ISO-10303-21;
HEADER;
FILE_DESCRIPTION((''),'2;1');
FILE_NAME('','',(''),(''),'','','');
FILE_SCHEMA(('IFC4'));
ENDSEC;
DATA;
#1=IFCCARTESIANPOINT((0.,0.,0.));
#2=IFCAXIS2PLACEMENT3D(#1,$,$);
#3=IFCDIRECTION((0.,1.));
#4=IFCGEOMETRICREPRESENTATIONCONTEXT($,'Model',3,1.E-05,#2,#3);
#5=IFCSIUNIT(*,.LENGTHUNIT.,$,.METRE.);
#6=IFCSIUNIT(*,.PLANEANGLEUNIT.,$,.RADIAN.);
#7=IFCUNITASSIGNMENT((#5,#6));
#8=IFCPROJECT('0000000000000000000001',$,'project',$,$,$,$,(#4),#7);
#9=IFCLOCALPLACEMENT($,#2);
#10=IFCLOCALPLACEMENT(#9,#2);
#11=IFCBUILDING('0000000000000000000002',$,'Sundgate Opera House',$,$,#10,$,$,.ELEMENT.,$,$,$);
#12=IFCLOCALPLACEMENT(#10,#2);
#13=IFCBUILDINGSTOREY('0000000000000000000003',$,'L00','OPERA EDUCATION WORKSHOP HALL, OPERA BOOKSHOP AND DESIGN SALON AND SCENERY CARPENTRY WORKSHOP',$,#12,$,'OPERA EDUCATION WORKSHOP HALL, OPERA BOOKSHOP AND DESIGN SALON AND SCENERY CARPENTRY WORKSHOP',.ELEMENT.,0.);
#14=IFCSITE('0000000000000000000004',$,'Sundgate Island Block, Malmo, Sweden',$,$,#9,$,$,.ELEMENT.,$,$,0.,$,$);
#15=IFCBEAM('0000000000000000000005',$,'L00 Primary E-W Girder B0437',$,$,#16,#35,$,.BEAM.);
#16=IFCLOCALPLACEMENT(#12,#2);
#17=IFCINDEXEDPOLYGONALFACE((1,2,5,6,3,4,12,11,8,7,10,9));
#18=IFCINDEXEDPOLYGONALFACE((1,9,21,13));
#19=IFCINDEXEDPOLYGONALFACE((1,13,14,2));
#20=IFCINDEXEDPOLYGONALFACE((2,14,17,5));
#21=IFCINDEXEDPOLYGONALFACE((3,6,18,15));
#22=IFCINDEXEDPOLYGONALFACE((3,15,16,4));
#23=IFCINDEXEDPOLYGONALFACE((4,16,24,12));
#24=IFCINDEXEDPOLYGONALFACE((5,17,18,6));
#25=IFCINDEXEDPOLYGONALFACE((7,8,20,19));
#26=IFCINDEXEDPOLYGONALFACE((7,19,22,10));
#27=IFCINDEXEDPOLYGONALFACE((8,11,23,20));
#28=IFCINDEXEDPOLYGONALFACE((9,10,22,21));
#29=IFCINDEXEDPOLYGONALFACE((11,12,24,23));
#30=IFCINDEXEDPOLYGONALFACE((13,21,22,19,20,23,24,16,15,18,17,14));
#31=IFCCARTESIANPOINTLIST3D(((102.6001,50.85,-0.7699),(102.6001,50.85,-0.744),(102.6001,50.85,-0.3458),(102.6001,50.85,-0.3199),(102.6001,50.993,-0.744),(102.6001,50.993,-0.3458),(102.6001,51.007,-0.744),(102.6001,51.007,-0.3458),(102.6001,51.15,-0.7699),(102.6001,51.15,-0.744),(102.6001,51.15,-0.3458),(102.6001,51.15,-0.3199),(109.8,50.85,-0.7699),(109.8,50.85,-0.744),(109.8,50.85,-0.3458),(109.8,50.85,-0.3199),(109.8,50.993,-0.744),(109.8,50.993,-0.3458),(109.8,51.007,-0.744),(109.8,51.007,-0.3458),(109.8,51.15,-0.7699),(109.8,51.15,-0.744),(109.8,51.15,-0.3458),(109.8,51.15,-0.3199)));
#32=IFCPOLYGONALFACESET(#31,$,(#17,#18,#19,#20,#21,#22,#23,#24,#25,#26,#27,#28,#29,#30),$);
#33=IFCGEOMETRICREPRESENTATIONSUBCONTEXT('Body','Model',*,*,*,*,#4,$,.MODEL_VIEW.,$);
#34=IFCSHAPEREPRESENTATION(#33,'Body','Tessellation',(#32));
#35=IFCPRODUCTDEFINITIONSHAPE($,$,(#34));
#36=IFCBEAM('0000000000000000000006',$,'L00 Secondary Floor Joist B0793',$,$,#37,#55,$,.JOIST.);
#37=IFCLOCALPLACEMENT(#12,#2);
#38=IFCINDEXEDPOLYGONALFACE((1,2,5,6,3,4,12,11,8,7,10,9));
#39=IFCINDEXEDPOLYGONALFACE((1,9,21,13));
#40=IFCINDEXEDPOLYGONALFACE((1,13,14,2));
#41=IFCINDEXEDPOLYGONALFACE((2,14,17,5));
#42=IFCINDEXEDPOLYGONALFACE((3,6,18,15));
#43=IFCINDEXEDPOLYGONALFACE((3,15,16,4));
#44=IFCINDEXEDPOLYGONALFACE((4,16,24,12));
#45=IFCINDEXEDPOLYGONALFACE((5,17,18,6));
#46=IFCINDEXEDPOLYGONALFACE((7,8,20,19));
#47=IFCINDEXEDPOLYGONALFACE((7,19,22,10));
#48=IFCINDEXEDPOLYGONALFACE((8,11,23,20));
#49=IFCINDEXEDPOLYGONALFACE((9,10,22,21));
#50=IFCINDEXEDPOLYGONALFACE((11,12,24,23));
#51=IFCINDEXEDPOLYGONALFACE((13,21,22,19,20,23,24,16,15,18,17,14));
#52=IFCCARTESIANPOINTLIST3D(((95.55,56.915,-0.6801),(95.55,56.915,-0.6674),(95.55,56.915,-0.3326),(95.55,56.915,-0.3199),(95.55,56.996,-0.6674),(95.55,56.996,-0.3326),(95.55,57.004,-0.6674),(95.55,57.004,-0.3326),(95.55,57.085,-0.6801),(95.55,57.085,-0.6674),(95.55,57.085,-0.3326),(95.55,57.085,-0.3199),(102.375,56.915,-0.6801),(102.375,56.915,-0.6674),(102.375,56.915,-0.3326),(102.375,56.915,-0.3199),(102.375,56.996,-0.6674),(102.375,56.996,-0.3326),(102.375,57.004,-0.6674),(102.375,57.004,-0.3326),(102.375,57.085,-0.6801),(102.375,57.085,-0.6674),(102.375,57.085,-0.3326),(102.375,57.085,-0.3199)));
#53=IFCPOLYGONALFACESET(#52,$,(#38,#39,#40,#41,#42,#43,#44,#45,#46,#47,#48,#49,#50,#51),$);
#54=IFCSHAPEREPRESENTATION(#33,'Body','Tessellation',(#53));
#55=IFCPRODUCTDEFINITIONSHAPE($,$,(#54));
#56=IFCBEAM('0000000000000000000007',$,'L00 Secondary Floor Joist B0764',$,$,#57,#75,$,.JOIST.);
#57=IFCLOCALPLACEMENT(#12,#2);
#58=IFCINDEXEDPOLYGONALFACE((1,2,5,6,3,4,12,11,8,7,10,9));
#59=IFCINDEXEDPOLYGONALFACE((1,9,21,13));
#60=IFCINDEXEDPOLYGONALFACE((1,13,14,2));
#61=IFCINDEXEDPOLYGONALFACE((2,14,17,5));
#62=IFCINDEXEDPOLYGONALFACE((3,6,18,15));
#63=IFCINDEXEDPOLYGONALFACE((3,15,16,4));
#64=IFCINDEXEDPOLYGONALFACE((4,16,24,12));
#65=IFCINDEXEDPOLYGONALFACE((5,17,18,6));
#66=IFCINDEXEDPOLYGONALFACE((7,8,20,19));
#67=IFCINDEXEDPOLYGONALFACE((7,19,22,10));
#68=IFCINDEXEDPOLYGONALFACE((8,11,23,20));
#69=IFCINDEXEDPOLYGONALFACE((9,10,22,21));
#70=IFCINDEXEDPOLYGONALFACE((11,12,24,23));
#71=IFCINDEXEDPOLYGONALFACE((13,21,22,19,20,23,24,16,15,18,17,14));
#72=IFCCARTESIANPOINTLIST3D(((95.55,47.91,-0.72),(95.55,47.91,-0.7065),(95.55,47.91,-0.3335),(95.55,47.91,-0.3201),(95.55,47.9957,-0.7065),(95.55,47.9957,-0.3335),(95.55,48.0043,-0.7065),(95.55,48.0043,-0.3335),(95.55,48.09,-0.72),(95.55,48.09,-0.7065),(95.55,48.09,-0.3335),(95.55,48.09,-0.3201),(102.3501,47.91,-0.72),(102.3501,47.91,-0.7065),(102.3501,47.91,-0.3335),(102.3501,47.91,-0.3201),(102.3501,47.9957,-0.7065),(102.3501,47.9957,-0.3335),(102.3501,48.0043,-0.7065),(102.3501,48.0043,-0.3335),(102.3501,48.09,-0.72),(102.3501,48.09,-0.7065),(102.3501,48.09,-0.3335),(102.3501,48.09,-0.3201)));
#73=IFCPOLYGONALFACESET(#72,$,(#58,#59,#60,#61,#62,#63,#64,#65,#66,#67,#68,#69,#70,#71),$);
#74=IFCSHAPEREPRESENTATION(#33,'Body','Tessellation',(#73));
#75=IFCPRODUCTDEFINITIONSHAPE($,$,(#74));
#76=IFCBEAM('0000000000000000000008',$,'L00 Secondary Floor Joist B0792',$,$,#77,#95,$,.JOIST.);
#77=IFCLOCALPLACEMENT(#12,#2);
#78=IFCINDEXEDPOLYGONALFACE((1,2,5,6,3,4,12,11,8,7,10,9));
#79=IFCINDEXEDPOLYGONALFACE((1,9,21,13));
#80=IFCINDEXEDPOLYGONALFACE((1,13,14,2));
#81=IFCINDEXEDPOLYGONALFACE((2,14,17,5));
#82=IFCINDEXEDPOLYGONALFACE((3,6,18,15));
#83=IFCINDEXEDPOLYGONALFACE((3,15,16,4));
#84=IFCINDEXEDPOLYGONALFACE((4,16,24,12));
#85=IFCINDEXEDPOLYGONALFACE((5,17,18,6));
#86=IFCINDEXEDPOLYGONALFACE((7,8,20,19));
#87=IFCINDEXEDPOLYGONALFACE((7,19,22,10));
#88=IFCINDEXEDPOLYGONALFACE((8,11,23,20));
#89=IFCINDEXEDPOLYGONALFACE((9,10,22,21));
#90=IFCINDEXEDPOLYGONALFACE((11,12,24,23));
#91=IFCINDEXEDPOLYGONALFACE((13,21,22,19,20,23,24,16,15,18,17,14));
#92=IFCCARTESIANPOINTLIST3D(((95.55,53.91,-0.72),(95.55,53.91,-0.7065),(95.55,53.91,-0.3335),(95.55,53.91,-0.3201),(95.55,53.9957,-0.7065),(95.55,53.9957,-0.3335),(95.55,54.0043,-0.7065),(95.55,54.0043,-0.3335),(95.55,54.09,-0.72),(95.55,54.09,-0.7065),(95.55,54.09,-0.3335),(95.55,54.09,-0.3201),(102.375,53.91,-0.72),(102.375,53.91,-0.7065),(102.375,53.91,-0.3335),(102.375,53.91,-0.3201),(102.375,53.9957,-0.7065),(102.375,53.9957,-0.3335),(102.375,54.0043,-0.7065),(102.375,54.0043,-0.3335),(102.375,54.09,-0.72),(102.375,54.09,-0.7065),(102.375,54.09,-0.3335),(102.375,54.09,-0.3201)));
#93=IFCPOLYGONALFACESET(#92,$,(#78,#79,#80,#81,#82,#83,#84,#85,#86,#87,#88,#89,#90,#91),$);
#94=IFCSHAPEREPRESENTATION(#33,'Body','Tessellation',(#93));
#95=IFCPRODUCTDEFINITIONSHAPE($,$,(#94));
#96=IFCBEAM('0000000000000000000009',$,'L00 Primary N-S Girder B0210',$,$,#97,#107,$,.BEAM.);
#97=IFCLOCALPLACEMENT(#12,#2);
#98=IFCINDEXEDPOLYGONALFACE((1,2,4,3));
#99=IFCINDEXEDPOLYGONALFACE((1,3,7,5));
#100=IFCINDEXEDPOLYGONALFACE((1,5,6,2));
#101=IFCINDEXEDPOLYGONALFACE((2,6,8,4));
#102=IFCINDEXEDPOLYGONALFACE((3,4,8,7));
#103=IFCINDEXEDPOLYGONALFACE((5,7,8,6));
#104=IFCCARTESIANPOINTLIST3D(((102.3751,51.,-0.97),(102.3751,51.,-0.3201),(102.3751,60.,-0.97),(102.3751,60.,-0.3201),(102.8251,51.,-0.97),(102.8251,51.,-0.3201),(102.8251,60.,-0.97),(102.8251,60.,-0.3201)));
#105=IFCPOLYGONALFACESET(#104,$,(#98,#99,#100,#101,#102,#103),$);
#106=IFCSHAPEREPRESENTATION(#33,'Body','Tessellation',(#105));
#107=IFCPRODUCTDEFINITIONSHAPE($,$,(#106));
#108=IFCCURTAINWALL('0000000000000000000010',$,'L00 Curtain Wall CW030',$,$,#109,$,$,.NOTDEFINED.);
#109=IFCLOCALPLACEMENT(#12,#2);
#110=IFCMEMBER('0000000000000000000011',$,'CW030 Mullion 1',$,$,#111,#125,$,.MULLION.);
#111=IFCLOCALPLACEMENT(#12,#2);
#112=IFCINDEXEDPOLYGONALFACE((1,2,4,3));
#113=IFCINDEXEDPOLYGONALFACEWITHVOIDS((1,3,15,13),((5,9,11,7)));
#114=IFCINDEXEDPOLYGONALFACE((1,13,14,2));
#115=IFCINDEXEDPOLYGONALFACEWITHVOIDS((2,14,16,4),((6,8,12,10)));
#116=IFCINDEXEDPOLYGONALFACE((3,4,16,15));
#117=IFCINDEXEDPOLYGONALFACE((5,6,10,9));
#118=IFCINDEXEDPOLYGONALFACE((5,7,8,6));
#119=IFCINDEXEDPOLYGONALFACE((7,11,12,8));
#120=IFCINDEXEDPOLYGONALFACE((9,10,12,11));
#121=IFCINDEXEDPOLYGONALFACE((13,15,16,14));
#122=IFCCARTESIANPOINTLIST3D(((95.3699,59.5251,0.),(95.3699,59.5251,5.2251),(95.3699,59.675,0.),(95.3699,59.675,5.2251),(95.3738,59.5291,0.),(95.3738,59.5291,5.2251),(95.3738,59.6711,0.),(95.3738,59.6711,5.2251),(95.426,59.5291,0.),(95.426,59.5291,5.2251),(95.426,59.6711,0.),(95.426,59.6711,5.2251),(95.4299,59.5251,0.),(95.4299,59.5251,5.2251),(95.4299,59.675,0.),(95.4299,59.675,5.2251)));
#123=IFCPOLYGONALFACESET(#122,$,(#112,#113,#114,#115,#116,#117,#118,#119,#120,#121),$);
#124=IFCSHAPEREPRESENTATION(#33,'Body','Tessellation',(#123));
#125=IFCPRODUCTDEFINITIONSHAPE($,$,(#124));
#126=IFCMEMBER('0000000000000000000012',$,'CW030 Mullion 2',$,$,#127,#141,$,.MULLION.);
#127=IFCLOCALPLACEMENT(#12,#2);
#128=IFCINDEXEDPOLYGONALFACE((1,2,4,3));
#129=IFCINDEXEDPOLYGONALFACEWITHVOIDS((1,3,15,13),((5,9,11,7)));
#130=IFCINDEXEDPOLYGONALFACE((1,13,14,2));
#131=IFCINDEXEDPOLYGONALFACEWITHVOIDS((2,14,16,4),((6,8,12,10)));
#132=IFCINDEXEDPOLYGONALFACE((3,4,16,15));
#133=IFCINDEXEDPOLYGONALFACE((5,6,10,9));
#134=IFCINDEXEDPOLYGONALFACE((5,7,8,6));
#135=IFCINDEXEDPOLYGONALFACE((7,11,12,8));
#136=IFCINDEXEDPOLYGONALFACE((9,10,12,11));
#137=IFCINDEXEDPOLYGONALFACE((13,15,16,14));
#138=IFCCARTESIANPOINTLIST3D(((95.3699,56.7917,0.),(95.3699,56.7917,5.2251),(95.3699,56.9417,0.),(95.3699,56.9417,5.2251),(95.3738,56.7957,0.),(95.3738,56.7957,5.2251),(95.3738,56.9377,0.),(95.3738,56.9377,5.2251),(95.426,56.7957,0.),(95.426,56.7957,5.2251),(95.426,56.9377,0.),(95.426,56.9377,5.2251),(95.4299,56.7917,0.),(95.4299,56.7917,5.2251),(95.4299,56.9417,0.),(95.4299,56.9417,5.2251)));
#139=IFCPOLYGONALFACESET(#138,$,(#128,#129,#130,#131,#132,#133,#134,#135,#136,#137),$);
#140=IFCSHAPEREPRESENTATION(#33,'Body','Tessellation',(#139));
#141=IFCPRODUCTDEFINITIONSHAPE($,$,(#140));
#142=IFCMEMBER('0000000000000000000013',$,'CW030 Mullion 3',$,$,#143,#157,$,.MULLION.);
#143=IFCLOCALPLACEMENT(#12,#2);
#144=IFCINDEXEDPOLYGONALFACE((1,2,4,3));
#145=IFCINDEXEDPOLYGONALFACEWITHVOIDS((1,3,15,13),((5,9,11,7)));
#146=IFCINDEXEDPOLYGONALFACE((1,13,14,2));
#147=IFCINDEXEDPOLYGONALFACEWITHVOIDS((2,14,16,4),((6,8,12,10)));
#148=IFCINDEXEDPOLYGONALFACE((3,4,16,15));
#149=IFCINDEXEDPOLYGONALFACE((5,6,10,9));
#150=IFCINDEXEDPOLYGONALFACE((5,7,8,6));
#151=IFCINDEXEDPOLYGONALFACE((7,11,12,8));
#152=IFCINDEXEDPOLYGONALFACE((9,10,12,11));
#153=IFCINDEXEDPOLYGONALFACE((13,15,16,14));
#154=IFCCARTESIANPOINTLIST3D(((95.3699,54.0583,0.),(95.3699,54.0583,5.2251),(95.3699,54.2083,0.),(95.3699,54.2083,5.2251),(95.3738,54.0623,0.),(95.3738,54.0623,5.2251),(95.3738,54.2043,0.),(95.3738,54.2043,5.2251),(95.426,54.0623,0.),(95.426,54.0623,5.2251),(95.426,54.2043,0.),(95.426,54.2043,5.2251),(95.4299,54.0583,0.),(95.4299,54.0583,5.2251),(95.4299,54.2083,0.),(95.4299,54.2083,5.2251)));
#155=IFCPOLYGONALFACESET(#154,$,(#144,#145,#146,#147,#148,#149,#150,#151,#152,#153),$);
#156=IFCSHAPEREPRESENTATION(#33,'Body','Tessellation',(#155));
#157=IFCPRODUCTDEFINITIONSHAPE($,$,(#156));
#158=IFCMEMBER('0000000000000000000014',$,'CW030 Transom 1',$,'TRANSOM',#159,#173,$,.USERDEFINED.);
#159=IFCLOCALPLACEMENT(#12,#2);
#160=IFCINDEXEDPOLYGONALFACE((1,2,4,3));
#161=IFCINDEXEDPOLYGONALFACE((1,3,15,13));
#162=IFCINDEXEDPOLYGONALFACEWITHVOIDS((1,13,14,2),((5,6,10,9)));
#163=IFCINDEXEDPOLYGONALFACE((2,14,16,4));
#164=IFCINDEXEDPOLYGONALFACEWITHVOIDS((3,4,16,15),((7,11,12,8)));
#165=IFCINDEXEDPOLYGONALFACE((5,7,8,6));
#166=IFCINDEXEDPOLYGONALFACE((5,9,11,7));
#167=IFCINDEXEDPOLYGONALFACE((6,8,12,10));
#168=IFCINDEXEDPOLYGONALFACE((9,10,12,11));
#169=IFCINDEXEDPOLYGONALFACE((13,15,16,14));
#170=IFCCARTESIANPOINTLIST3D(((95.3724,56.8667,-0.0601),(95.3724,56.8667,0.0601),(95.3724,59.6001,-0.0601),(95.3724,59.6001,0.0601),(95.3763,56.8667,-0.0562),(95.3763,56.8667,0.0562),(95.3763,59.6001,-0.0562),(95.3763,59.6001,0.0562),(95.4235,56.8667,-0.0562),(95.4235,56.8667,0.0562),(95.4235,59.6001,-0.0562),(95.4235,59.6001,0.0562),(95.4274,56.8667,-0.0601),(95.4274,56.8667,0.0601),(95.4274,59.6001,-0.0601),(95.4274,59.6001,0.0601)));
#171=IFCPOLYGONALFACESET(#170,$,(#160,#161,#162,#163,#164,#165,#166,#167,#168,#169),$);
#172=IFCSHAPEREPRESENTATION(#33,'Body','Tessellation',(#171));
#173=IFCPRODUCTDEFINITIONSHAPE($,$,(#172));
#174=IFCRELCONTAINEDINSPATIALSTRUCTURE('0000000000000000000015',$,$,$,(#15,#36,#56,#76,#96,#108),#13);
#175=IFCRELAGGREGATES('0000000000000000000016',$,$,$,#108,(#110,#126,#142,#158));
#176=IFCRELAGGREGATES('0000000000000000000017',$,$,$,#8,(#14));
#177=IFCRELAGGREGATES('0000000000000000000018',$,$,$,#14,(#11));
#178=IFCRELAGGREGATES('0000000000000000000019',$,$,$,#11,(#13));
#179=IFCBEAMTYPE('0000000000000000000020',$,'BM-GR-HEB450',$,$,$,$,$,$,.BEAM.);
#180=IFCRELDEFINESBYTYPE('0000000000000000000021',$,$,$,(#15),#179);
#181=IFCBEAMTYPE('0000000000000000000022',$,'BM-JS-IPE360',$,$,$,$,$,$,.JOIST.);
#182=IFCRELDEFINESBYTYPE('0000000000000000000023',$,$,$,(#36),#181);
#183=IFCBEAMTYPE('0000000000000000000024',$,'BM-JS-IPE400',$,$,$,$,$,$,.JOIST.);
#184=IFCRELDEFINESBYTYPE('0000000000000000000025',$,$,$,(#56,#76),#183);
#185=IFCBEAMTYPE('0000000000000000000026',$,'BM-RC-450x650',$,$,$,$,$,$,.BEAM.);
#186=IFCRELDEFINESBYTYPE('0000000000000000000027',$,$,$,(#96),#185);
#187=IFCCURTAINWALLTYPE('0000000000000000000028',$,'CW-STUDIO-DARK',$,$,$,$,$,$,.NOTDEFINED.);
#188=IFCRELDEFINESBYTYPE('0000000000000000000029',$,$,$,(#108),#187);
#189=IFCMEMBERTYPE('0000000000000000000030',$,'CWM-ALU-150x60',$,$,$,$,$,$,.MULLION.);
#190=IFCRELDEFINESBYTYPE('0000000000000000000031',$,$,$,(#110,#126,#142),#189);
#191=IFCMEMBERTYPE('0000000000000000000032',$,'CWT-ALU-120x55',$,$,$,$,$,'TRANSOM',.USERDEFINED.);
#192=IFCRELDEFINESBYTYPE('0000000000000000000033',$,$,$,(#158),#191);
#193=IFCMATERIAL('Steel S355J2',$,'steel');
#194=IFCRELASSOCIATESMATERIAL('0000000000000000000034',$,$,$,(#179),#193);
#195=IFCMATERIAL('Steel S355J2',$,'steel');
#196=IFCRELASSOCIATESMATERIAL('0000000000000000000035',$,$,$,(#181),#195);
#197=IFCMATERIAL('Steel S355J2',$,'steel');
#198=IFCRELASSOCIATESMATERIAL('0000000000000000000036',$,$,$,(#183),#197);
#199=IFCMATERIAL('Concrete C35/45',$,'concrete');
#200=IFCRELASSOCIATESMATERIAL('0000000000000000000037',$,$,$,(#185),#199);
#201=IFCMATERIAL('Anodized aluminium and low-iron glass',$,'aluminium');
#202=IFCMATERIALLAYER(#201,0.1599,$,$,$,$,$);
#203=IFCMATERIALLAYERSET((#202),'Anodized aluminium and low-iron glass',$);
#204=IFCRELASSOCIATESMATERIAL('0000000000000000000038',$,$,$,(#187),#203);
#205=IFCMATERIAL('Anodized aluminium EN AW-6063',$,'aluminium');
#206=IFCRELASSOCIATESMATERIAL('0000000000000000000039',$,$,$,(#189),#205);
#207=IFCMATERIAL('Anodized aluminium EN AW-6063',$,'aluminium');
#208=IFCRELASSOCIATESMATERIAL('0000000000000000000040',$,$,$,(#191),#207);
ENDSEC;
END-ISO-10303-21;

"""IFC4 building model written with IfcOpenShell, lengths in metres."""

from ifc_helpers import new_model, si_unit, direction, frame, origin, origin_2d, place, context, subcontext, project, spatial, rectangle, hollow_rectangle, i_section, extrude, material, layer, layer_set, material_profile, profile_set, type_object, element, aggregate, save


model = new_model("IFC4")

# Units and contexts
model_context = context("Model", 3, precision=1e-05, world=origin(), true_north=direction((0.0, 1.0)))
body_context = subcontext(model_context, "Body", "Model", "MODEL_VIEW")
ifc_project = project(units=[si_unit("LENGTHUNIT", "METRE"), si_unit("PLANEANGLEUNIT", "RADIAN")], contexts=[model_context])

# Site, building, storey
site_placement = place(None, origin())
site = spatial("IfcSite", under=ifc_project, at=site_placement, Name="Sundgate Island Block, Malmo, Sweden", CompositionType="ELEMENT", RefElevation=0.0)
building_placement = place(site_placement, origin())
building = spatial("IfcBuilding", under=site, at=building_placement, Name="Sundgate Opera House", CompositionType="ELEMENT")
storey_placement = place(building_placement, origin())
storey = spatial("IfcBuildingStorey", under=building, at=storey_placement, Name="L00", Description="OPERA EDUCATION WORKSHOP HALL, OPERA BOOKSHOP AND DESIGN SALON AND SCENERY CARPENTRY WORKSHOP", LongName="OPERA EDUCATION WORKSHOP HALL, OPERA BOOKSHOP AND DESIGN SALON AND SCENERY CARPENTRY WORKSHOP", CompositionType="ELEMENT", Elevation=0.0)

# Beams
ifc_material_1 = material(Name="Steel S355J2", Category="steel")
ifc_material_profile_1 = material_profile(ifc_material_1, i_section(OverallWidth=0.3, OverallDepth=0.45, WebThickness=0.0139, FlangeThickness=0.0259, at=origin_2d()), Name="HEB 450")
ifc_profile_set_1 = profile_set([ifc_material_profile_1], Name="Steel S355J2")
beam_type_1 = type_object("IfcBeamType", Name="BM-GR-HEB450", PredefinedType="BEAM", material=ifc_profile_set_1)
beam_1_placement = place(storey_placement, frame((102.6001, 51.0, -0.5449), z_axis=(1.0, 0.0, 0.0), x_axis=(0.0, 1.0, 0.0)))
element("IfcBeam", 1, at=beam_1_placement, inside=storey, type_object=beam_type_1, Name="L00 Primary E-W Girder B0437", PredefinedType="BEAM", context=body_context, shape_type="SweptSolid", body=[
    extrude(i_section(OverallWidth=0.3, OverallDepth=0.45, WebThickness=0.0139, FlangeThickness=0.0259, at=origin_2d()), origin(), (0.0, 0.0, 1.0), 7.2),
])
ifc_material_2 = material(Name="Steel S355J2", Category="steel")
ifc_material_profile_2 = material_profile(ifc_material_2, i_section(OverallWidth=0.1699, OverallDepth=0.3601, WebThickness=0.0081, FlangeThickness=0.0127, at=origin_2d()), Name="IPE 360")
ifc_profile_set_2 = profile_set([ifc_material_profile_2], Name="Steel S355J2")
beam_type_2 = type_object("IfcBeamType", Name="BM-JS-IPE360", PredefinedType="JOIST", material=ifc_profile_set_2)
beam_2_placement = place(storey_placement, frame((95.55, 57.0, -0.5), z_axis=(1.0, 0.0, 0.0), x_axis=(0.0, 1.0, 0.0)))
element("IfcBeam", 2, at=beam_2_placement, inside=storey, type_object=beam_type_2, Name="L00 Secondary Floor Joist B0793", PredefinedType="JOIST", context=body_context, shape_type="SweptSolid", body=[
    extrude(i_section(OverallWidth=0.1699, OverallDepth=0.3601, WebThickness=0.0081, FlangeThickness=0.0127, at=origin_2d()), origin(), (0.0, 0.0, 1.0), 6.825),
])
ifc_material_3 = material(Name="Steel S355J2", Category="steel")
ifc_material_profile_3 = material_profile(ifc_material_3, i_section(OverallWidth=0.1799, OverallDepth=0.3999, WebThickness=0.0085, FlangeThickness=0.0134, at=origin_2d()), Name="IPE 400")
ifc_profile_set_3 = profile_set([ifc_material_profile_3], Name="Steel S355J2")
beam_type_3 = type_object("IfcBeamType", Name="BM-JS-IPE400", PredefinedType="JOIST", material=ifc_profile_set_3)
beam_3_placement = place(storey_placement, frame((95.55, 48.0, -0.52), z_axis=(1.0, 0.0, 0.0), x_axis=(0.0, 1.0, 0.0)))
element("IfcBeam", 3, at=beam_3_placement, inside=storey, type_object=beam_type_3, Name="L00 Secondary Floor Joist B0764", PredefinedType="JOIST", context=body_context, shape_type="SweptSolid", body=[
    extrude(i_section(OverallWidth=0.1799, OverallDepth=0.3999, WebThickness=0.0085, FlangeThickness=0.0134, at=origin_2d()), origin(), (0.0, 0.0, 1.0), 6.8),
])
beam_4_placement = place(storey_placement, frame((95.55, 54.0, -0.52), z_axis=(1.0, 0.0, 0.0), x_axis=(0.0, 1.0, 0.0)))
element("IfcBeam", 4, at=beam_4_placement, inside=storey, type_object=beam_type_3, Name="L00 Secondary Floor Joist B0792", PredefinedType="JOIST", context=body_context, shape_type="SweptSolid", body=[
    extrude(i_section(OverallWidth=0.1799, OverallDepth=0.3999, WebThickness=0.0085, FlangeThickness=0.0134, at=origin_2d()), origin(), (0.0, 0.0, 1.0), 6.825),
])
ifc_material_4 = material(Name="Concrete C35/45", Category="concrete")
ifc_material_profile_4 = material_profile(ifc_material_4, rectangle(XDim=0.45, YDim=0.6499, at=origin_2d()), Name="RC 450x650")
ifc_profile_set_4 = profile_set([ifc_material_profile_4], Name="Concrete C35/45")
beam_type_4 = type_object("IfcBeamType", Name="BM-RC-450x650", PredefinedType="BEAM", material=ifc_profile_set_4)
beam_5_placement = place(storey_placement, frame((102.6001, 51.0, -0.645), z_axis=(0.0, 1.0, 0.0), x_axis=(-1.0, 0.0, 0.0)))
element("IfcBeam", 5, at=beam_5_placement, inside=storey, type_object=beam_type_4, Name="L00 Primary N-S Girder B0210", PredefinedType="BEAM", context=body_context, shape_type="SweptSolid", body=[
    extrude(rectangle(XDim=0.45, YDim=0.6499, at=origin_2d()), origin(), (0.0, 0.0, 1.0), 9.0),
])

# Curtain wall, members
ifc_material_5 = material(Name="Anodized aluminium and low-iron glass", Category="aluminium")
ifc_layer_1 = layer(ifc_material_5, 0.1599)
ifc_layer_set_1 = layer_set([ifc_layer_1], Name="Anodized aluminium and low-iron glass")
curtain_wall_type = type_object("IfcCurtainWallType", Name="CW-STUDIO-DARK", PredefinedType="NOTDEFINED", material=ifc_layer_set_1)
curtain_wall_placement = place(storey_placement, origin())
curtain_wall = element("IfcCurtainWall", 6, at=curtain_wall_placement, inside=storey, type_object=curtain_wall_type, Name="L00 Curtain Wall CW030", PredefinedType="NOTDEFINED")
ifc_material_6 = material(Name="Anodized aluminium EN AW-6063", Category="aluminium")
ifc_material_profile_5 = material_profile(ifc_material_6, hollow_rectangle(XDim=0.0601, YDim=0.1499, WallThickness=0.0039, at=origin_2d()), Name="CWM 150x60x4")
ifc_profile_set_5 = profile_set([ifc_material_profile_5], Name="Anodized aluminium EN AW-6063")
member_type_1 = type_object("IfcMemberType", Name="CWM-ALU-150x60", PredefinedType="MULLION", material=ifc_profile_set_5)
member_1_placement = place(storey_placement, frame((95.3999, 59.6001, 0.0), z_axis=(0.0, 0.0, 1.0), x_axis=(1.0, 0.0, 0.0)))
member_1 = element("IfcMember", 7, at=member_1_placement, type_object=member_type_1, Name="CW030 Mullion 1", PredefinedType="MULLION", context=body_context, shape_type="SweptSolid", body=[
    extrude(hollow_rectangle(XDim=0.0601, YDim=0.1499, WallThickness=0.0039, at=origin_2d()), origin(), (0.0, 0.0, 1.0), 5.2251),
])
member_2_placement = place(storey_placement, frame((95.3999, 56.8667, 0.0), z_axis=(0.0, 0.0, 1.0), x_axis=(1.0, 0.0, 0.0)))
member_2 = element("IfcMember", 8, at=member_2_placement, type_object=member_type_1, Name="CW030 Mullion 2", PredefinedType="MULLION", context=body_context, shape_type="SweptSolid", body=[
    extrude(hollow_rectangle(XDim=0.0601, YDim=0.1499, WallThickness=0.0039, at=origin_2d()), origin(), (0.0, 0.0, 1.0), 5.2251),
])
member_3_placement = place(storey_placement, frame((95.3999, 54.1333, 0.0), z_axis=(0.0, 0.0, 1.0), x_axis=(1.0, 0.0, 0.0)))
member_3 = element("IfcMember", 9, at=member_3_placement, type_object=member_type_1, Name="CW030 Mullion 3", PredefinedType="MULLION", context=body_context, shape_type="SweptSolid", body=[
    extrude(hollow_rectangle(XDim=0.0601, YDim=0.1499, WallThickness=0.0039, at=origin_2d()), origin(), (0.0, 0.0, 1.0), 5.2251),
])
ifc_material_7 = material(Name="Anodized aluminium EN AW-6063", Category="aluminium")
ifc_material_profile_6 = material_profile(ifc_material_7, hollow_rectangle(XDim=0.0549, YDim=0.1201, WallThickness=0.0039, at=origin_2d()), Name="CWT 120x55x4")
ifc_profile_set_6 = profile_set([ifc_material_profile_6], Name="Anodized aluminium EN AW-6063")
member_type_2 = type_object("IfcMemberType", Name="CWT-ALU-120x55", ElementType="TRANSOM", PredefinedType="USERDEFINED", material=ifc_profile_set_6)
member_4_placement = place(storey_placement, frame((95.3999, 59.6001, 0.0), z_axis=(0.0, -1.0, 0.0), x_axis=(1.0, 0.0, 0.0)))
member_4 = element("IfcMember", 10, at=member_4_placement, type_object=member_type_2, Name="CW030 Transom 1", ObjectType="TRANSOM", PredefinedType="USERDEFINED", context=body_context, shape_type="SweptSolid", body=[
    extrude(hollow_rectangle(XDim=0.0549, YDim=0.1201, WallThickness=0.0039, at=origin_2d()), origin(), (0.0, 0.0, 1.0), 2.7334),
])
aggregate(curtain_wall, [member_1, member_2, member_3, member_4])

save(model, "model.ifc")
